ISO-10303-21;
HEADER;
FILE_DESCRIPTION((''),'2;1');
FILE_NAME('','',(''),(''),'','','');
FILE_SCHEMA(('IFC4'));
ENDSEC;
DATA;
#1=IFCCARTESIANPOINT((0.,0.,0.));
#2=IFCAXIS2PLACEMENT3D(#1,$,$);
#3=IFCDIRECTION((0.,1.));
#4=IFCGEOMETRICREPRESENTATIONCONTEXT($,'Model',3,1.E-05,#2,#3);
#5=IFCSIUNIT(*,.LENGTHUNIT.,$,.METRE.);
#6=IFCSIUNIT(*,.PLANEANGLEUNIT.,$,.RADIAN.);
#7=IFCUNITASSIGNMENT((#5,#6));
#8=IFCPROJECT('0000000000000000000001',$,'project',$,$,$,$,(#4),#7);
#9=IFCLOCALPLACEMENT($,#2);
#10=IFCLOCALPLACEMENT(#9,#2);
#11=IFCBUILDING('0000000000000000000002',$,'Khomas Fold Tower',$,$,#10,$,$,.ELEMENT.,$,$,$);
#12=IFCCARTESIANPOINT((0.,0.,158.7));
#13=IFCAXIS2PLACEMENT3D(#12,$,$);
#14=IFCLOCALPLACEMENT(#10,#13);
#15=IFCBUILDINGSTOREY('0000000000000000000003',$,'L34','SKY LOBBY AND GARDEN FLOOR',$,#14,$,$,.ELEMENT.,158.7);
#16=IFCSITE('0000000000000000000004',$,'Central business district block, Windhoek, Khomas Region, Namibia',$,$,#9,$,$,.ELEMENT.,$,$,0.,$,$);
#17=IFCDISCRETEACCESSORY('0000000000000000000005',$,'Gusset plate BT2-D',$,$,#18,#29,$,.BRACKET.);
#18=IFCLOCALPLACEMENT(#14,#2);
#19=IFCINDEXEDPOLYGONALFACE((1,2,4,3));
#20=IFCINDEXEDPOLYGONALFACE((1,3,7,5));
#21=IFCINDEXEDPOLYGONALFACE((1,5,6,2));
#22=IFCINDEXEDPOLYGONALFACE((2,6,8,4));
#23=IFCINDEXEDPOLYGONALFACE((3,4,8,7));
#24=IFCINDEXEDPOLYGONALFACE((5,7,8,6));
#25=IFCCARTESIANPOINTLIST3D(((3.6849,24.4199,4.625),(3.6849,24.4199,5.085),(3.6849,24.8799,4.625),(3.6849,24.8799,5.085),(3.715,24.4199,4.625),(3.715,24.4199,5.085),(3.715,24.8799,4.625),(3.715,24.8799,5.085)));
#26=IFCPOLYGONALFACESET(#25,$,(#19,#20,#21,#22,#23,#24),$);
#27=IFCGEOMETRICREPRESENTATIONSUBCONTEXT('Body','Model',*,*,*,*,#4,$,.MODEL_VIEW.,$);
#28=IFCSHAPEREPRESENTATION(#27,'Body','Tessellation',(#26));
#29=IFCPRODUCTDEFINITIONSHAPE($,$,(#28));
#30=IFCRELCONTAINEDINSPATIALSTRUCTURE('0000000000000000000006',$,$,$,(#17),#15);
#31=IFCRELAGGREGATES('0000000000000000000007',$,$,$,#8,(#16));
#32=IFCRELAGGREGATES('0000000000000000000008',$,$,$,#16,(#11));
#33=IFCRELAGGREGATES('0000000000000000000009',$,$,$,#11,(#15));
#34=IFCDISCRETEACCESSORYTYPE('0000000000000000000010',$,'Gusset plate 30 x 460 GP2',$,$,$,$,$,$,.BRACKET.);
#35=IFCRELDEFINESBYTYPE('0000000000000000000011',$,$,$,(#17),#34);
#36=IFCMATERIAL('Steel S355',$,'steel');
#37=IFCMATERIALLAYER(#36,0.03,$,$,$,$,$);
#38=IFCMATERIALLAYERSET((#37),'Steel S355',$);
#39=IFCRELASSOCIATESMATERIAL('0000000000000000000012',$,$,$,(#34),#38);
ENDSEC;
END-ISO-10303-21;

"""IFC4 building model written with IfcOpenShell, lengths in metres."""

from ifc_helpers import new_model, si_unit, direction, frame, origin, origin_2d, place, context, subcontext, project, spatial, rectangle, extrude, source, transform, mapped, material, layer, layer_set, type_object, element, save


model = new_model("IFC4")

# Units and contexts
model_context = context("Model", 3, precision=1e-05, world=origin(), true_north=direction((0.0, 1.0)))
body_context = subcontext(model_context, "Body", "Model", "MODEL_VIEW")
ifc_project = project(units=[si_unit("LENGTHUNIT", "METRE"), si_unit("PLANEANGLEUNIT", "RADIAN")], contexts=[model_context])

# Site, building, storey
site_placement = place(None, origin())
site = spatial("IfcSite", under=ifc_project, at=site_placement, Name="Central business district block, Windhoek, Khomas Region, Namibia", CompositionType="ELEMENT", RefElevation=0.0)
building_placement = place(site_placement, origin())
building = spatial("IfcBuilding", under=site, at=building_placement, Name="Khomas Fold Tower", CompositionType="ELEMENT")
storey_placement = place(building_placement, frame((0.0, 0.0, 158.7)))
storey = spatial("IfcBuildingStorey", under=building, at=storey_placement, Name="L34", Description="SKY LOBBY AND GARDEN FLOOR", CompositionType="ELEMENT", Elevation=158.7)

# Discrete accessory
ifc_material_1 = material(Name="Steel S355", Category="steel")
ifc_layer_1 = layer(ifc_material_1, 0.03)
ifc_layer_set_1 = layer_set([ifc_layer_1], Name="Steel S355")
discrete_accessory_type = type_object("IfcDiscreteAccessoryType", Name="Gusset plate 30 x 460 GP2", PredefinedType="BRACKET", material=ifc_layer_set_1)
shared_shape_1 = source(origin(), body_context, "Body", "SweptSolid", [
    extrude(rectangle(XDim=0.46, YDim=0.03, at=origin_2d()), origin(), (0.0, 0.0, 1.0), 0.46),
])
for number, where, z_axis, x_axis, name in (
    (1, (3.7, 24.6499, 4.625), (0.0, 0.0, 1.0), (0.0, 1.0, 0.0), "Gusset plate BT2-D"),
):
    element("IfcDiscreteAccessory", number, at=place(storey_placement, frame(where, z_axis=z_axis, x_axis=x_axis)), inside=storey, type_object=discrete_accessory_type, Name=name, PredefinedType="BRACKET", context=body_context, shape_type="MappedRepresentation", body=[
        mapped(shared_shape_1, transform((0.0, 0.0, 0.0))),
    ])

save(model, "model.ifc")
